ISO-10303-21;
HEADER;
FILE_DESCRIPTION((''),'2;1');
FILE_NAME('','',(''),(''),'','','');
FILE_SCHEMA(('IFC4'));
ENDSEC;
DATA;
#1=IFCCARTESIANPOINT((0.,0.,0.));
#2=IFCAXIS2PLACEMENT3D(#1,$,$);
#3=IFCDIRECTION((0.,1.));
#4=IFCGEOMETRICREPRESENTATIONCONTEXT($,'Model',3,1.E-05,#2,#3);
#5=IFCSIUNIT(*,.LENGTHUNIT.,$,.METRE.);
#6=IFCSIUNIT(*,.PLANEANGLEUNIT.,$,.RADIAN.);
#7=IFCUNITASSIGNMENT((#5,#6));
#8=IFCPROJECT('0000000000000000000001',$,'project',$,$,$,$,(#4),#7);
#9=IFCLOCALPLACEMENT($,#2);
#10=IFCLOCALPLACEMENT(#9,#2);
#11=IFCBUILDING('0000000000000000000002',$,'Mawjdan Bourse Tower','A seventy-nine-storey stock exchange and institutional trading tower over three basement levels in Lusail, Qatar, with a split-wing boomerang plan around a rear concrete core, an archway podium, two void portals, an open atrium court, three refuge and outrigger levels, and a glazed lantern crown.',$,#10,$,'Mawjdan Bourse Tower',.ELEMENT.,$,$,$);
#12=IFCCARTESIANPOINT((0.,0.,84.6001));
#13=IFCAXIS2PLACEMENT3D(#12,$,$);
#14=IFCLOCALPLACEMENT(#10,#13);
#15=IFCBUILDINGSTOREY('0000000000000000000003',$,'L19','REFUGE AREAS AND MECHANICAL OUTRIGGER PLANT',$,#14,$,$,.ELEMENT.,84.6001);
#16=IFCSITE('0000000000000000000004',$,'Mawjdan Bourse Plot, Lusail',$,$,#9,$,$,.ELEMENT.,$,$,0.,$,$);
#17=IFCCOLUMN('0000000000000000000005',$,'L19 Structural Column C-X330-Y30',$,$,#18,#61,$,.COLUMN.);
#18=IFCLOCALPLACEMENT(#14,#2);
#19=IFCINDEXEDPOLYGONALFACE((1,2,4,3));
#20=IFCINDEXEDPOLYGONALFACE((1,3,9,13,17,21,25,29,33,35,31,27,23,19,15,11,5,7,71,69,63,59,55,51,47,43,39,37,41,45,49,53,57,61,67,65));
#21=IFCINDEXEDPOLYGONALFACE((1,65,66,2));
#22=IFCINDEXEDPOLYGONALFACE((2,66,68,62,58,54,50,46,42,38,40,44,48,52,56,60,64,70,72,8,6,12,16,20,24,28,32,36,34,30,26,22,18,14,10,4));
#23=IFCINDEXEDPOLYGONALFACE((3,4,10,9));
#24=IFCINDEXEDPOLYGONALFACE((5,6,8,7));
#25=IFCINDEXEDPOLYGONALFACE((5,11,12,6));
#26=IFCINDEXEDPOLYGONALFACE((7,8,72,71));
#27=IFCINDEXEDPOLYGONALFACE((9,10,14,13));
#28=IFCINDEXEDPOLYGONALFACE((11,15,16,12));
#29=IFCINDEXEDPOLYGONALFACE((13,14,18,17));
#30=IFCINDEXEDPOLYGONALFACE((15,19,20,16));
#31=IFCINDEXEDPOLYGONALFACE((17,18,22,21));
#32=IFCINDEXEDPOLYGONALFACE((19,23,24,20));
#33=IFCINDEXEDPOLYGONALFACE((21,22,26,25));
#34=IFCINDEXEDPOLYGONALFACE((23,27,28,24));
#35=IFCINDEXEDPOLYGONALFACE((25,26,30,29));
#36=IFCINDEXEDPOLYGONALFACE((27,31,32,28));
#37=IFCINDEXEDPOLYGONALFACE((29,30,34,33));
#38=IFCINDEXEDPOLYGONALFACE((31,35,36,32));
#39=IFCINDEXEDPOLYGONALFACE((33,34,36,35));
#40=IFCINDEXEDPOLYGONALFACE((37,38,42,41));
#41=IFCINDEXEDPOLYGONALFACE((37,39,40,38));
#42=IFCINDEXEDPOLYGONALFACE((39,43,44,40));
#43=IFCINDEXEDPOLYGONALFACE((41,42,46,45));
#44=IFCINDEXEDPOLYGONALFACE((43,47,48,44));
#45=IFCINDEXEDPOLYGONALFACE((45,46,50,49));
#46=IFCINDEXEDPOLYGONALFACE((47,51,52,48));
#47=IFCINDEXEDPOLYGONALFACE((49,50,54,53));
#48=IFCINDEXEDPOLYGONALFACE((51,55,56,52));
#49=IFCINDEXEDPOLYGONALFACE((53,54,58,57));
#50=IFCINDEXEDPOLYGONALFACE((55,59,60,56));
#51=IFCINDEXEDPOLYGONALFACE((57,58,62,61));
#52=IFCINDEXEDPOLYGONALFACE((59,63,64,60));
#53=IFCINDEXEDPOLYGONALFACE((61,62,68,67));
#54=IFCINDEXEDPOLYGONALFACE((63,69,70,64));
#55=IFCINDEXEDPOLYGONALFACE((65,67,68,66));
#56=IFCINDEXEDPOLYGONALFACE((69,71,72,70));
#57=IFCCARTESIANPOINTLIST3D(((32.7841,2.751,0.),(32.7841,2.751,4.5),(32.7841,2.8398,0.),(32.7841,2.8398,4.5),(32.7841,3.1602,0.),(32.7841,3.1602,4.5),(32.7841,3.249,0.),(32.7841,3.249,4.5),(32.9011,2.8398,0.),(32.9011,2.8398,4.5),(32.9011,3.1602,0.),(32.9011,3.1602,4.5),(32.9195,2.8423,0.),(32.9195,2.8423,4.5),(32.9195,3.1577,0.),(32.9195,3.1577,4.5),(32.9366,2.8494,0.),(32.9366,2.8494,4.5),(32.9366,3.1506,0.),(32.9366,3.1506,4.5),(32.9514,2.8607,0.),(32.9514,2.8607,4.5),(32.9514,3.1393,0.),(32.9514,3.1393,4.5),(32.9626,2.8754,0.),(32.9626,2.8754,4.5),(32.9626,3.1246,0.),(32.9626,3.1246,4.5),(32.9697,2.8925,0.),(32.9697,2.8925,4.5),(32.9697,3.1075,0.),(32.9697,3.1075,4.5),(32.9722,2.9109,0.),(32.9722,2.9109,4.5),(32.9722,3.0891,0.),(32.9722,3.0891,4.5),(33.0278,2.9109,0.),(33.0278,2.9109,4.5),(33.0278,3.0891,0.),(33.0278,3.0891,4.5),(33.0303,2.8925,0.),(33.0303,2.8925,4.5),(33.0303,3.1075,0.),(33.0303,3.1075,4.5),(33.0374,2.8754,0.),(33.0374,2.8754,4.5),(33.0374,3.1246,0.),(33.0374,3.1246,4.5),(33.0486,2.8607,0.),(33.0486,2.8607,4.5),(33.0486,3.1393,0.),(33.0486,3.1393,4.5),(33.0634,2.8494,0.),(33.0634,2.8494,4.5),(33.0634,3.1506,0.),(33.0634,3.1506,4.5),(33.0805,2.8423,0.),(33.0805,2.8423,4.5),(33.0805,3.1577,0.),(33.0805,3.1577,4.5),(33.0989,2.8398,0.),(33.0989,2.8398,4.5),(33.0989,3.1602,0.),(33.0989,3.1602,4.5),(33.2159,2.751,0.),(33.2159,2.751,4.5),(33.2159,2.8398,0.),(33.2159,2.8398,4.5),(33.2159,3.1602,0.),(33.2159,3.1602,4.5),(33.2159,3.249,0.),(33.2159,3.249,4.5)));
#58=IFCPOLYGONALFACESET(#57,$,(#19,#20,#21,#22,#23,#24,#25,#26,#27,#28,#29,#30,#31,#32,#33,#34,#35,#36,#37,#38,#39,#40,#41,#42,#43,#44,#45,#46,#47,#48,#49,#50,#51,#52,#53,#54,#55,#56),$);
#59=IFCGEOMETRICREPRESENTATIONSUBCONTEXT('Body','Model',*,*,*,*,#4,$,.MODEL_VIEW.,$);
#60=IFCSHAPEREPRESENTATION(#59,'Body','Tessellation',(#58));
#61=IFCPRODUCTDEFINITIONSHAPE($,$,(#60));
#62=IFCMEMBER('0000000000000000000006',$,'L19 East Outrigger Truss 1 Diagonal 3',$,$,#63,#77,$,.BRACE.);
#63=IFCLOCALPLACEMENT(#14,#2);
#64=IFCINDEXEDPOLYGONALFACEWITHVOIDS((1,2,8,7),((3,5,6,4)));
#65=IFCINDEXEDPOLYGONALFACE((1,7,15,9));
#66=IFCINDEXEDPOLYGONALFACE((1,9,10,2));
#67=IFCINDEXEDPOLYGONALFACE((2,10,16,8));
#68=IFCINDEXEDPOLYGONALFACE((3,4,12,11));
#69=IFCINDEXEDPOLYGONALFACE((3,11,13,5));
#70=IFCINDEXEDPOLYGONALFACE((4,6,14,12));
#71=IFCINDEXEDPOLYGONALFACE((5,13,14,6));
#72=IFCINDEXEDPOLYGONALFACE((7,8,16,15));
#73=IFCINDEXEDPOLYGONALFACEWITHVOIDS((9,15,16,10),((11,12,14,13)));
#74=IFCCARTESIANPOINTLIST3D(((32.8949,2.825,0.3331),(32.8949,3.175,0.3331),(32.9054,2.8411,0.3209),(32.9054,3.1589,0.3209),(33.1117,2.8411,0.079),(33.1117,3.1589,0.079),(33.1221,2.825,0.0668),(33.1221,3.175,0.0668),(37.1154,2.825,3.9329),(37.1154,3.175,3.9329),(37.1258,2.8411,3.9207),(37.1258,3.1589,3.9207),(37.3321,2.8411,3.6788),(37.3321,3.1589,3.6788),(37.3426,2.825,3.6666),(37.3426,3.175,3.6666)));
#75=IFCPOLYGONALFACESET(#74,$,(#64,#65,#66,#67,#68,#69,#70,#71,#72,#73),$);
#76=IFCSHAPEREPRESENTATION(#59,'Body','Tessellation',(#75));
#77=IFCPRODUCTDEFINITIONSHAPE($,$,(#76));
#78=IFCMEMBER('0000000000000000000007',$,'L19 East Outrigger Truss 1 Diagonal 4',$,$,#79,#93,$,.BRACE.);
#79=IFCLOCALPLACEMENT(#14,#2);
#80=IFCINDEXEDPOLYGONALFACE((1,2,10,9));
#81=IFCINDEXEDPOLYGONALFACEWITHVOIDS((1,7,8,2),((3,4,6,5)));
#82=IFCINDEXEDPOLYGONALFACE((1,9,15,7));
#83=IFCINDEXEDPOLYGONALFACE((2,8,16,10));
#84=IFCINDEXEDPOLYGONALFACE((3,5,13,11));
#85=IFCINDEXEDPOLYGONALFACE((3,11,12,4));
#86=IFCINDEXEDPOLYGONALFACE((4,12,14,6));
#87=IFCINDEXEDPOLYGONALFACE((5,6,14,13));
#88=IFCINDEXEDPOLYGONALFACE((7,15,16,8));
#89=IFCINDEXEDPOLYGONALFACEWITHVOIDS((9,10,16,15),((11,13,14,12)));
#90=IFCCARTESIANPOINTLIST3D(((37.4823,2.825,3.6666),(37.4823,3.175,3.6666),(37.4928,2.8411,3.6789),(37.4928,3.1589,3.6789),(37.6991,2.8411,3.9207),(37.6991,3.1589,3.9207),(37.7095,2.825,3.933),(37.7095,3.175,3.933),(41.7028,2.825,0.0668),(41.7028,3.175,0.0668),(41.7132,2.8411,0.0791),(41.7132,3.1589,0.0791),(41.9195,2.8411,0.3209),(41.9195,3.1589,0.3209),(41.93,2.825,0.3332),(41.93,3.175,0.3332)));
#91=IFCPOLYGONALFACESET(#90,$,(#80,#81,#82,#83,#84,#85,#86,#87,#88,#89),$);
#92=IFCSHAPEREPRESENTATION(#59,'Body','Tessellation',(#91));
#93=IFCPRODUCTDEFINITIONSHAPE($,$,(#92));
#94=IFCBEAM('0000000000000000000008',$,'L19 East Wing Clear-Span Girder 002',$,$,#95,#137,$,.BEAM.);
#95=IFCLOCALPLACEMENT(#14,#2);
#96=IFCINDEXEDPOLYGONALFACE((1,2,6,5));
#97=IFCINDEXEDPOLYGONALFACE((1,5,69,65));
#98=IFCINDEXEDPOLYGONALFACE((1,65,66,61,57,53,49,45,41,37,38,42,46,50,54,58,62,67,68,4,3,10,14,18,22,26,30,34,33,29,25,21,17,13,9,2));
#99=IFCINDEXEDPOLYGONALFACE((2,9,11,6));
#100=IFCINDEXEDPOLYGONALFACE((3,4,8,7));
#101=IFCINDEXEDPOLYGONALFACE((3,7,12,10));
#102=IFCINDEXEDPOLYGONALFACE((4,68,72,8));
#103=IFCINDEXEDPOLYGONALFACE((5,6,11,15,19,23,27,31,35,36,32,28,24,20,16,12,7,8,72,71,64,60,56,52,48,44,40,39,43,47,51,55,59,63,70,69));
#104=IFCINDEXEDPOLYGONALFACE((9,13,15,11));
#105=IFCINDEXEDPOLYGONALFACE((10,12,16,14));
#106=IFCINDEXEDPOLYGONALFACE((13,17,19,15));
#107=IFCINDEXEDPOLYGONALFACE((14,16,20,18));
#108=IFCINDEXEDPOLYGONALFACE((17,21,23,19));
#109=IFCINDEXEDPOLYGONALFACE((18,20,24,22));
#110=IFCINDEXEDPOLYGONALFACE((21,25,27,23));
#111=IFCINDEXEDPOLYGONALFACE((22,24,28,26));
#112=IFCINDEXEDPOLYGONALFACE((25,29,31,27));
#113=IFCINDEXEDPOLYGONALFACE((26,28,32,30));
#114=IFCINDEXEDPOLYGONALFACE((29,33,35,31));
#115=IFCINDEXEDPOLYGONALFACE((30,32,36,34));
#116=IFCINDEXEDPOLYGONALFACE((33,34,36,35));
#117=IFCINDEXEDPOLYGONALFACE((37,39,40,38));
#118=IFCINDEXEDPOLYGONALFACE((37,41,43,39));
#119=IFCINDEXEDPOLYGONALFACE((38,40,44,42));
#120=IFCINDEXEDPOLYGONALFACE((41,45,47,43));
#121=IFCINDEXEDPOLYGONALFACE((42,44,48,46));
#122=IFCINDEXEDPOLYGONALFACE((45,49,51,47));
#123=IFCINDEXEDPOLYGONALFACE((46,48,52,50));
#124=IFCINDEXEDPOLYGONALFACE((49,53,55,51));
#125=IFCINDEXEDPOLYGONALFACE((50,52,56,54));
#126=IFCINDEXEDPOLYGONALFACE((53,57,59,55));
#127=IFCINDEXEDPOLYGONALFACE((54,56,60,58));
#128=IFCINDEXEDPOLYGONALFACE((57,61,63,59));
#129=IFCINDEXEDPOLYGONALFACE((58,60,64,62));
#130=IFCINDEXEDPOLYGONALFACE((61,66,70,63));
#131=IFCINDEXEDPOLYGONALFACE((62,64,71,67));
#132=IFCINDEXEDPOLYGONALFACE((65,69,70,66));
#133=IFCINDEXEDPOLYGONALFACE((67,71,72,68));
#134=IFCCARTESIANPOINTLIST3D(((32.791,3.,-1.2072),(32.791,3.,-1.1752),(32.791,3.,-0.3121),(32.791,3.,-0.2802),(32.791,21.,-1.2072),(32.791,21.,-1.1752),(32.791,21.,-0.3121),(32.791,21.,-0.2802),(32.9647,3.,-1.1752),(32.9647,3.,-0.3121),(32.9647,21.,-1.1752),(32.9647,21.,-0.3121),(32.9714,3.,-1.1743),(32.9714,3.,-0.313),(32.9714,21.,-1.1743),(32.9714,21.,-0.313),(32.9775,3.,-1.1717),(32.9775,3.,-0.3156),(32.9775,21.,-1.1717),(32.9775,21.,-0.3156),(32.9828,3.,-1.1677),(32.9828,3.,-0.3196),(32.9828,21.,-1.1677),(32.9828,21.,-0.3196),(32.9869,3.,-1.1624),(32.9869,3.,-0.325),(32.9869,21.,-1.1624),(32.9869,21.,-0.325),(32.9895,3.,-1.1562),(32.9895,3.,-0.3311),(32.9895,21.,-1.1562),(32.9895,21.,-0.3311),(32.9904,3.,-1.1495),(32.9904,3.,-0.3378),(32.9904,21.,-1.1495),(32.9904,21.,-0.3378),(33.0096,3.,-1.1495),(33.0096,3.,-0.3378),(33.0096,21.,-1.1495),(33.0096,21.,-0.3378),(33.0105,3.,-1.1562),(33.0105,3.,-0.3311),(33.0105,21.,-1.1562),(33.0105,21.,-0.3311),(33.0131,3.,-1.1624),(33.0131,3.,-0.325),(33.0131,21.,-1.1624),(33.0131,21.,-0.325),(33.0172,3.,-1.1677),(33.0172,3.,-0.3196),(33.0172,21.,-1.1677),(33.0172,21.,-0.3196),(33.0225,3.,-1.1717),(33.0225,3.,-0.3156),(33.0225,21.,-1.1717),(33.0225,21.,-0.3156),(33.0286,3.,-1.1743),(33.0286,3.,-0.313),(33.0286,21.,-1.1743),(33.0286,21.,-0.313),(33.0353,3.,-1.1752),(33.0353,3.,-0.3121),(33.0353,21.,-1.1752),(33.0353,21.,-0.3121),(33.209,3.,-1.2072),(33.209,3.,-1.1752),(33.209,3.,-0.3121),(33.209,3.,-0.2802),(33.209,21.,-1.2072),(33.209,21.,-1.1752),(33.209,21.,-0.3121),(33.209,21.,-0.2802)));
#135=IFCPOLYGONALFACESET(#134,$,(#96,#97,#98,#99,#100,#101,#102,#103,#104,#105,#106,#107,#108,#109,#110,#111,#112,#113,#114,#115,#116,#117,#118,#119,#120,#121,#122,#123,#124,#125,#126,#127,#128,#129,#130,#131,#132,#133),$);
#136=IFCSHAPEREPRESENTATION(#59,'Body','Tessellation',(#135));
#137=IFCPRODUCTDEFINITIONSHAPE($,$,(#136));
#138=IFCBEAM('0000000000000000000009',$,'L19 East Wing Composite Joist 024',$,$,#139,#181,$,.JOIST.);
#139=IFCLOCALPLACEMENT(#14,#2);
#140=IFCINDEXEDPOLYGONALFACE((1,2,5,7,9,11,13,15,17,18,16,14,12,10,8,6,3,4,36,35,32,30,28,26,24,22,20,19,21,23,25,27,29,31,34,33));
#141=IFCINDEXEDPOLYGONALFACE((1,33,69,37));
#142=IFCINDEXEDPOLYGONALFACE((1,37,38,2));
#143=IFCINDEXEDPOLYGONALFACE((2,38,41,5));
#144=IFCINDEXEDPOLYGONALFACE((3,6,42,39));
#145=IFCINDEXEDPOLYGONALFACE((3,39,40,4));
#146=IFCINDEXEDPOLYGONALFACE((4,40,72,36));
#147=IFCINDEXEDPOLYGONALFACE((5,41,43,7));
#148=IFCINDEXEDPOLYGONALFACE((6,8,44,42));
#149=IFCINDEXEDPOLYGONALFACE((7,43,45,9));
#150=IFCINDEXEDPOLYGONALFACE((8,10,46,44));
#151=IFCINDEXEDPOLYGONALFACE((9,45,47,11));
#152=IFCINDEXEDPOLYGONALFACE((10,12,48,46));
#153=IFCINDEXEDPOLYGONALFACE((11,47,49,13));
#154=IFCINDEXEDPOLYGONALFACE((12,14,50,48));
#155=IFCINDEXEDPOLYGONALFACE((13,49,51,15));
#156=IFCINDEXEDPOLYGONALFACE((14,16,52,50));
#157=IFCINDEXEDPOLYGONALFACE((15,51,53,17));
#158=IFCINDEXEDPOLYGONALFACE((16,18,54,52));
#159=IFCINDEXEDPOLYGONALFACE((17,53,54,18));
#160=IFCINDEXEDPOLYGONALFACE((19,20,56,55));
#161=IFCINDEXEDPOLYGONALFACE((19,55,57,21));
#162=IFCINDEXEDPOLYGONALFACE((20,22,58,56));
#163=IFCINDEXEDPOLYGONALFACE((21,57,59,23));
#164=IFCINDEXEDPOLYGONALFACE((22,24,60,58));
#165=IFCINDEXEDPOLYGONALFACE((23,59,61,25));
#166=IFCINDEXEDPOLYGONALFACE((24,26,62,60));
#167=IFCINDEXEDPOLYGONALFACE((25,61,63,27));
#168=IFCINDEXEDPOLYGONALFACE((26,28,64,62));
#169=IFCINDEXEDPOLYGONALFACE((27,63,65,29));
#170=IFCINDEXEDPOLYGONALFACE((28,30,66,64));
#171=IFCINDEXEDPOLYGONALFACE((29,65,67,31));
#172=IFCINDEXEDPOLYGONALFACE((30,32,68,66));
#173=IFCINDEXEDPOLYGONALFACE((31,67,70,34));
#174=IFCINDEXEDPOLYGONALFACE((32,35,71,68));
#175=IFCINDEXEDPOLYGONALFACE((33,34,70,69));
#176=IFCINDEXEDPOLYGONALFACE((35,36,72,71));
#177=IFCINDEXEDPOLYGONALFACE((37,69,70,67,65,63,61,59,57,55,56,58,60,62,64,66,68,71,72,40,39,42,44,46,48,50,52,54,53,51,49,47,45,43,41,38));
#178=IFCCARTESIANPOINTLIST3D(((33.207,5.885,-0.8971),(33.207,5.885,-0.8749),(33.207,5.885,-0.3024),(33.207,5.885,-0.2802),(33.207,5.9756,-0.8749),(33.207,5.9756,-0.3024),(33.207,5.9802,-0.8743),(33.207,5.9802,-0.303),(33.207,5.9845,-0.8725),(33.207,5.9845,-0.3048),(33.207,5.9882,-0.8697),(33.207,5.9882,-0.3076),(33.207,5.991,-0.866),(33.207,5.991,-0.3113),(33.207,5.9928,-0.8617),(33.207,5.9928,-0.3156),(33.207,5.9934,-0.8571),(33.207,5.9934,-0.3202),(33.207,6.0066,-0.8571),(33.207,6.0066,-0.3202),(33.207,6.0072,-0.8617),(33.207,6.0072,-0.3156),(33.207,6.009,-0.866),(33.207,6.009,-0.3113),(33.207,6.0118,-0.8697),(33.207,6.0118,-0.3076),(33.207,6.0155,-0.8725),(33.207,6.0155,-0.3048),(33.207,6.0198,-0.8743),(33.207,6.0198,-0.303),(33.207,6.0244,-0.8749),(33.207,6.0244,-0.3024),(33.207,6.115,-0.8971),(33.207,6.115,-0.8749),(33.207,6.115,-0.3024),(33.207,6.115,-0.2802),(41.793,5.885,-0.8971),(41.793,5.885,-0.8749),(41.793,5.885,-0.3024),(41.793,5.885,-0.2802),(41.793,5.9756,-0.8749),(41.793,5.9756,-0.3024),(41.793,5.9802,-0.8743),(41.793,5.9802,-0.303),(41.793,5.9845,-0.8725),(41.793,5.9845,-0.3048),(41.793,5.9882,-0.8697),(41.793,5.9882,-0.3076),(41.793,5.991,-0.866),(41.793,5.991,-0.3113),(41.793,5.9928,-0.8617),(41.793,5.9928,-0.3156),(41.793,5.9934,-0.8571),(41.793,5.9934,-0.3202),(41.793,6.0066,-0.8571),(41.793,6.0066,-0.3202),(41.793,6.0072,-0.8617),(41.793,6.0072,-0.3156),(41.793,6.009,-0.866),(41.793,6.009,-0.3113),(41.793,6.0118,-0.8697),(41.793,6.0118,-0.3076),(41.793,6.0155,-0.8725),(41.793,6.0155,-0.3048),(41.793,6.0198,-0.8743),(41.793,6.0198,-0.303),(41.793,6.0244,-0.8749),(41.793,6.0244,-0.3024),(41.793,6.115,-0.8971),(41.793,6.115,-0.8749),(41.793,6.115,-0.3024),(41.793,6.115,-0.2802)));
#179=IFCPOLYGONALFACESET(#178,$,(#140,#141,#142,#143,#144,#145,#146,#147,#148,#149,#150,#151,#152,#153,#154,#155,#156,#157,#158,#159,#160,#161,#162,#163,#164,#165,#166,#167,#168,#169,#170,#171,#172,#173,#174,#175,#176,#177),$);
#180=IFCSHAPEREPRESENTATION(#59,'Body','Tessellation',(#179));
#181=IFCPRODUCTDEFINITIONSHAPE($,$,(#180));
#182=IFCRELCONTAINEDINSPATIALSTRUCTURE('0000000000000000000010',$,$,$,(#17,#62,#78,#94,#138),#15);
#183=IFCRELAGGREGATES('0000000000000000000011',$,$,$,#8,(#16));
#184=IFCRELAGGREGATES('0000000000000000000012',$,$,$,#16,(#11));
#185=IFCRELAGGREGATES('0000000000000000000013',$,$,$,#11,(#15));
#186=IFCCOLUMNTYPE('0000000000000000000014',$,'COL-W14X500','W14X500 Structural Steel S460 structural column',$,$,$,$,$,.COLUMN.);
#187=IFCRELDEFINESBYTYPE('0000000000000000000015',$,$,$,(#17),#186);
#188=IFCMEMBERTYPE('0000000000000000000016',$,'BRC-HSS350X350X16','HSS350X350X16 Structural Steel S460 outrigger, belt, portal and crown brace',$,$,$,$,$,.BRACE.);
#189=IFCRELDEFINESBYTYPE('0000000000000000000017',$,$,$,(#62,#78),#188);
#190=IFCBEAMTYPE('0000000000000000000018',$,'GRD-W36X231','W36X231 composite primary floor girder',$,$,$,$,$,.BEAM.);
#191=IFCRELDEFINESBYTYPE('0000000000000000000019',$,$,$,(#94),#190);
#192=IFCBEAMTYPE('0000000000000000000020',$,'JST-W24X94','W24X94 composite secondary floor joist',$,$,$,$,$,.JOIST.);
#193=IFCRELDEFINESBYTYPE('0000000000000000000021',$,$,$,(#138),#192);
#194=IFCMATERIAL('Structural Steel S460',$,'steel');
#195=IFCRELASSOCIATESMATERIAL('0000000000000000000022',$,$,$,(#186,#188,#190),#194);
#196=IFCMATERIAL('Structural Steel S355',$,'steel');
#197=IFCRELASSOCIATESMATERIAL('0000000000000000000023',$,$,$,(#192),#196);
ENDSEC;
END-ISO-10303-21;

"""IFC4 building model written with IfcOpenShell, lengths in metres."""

from ifc_helpers import new_model, si_unit, direction, frame, origin, origin_2d, place, context, subcontext, project, spatial, hollow_rectangle, i_section, extrude, material, material_profile, profile_set, type_object, element, save


model = new_model("IFC4")

# Units and contexts
model_context = context("Model", 3, precision=1e-05, world=origin(), true_north=direction((0.0, 1.0)))
body_context = subcontext(model_context, "Body", "Model", "MODEL_VIEW")
ifc_project = project(units=[si_unit("LENGTHUNIT", "METRE"), si_unit("PLANEANGLEUNIT", "RADIAN")], contexts=[model_context])

# Site, building, storey
site_placement = place(None, origin())
site = spatial("IfcSite", under=ifc_project, at=site_placement, Name="Mawjdan Bourse Plot, Lusail", CompositionType="ELEMENT", RefElevation=0.0)
building_placement = place(site_placement, origin())
building = spatial("IfcBuilding", under=site, at=building_placement, Name="Mawjdan Bourse Tower", Description="A seventy-nine-storey stock exchange and institutional trading tower over three basement levels in Lusail, Qatar, with a split-wing boomerang plan around a rear concrete core, an archway podium, two void portals, an open atrium court, three refuge and outrigger levels, and a glazed lantern crown.", LongName="Mawjdan Bourse Tower", CompositionType="ELEMENT")
storey_placement = place(building_placement, frame((0.0, 0.0, 84.6001)))
storey = spatial("IfcBuildingStorey", under=building, at=storey_placement, Name="L19", Description="REFUGE AREAS AND MECHANICAL OUTRIGGER PLANT", CompositionType="ELEMENT", Elevation=84.6001)

# Column
ifc_material_1 = material(Name="Structural Steel S460", Category="steel")
ifc_material_profile_1 = material_profile(ifc_material_1, i_section(OverallWidth=0.4319, OverallDepth=0.498, WebThickness=0.0557, FlangeThickness=0.0889, FilletRadius=0.071, at=origin_2d()), Name="W14X500")
ifc_profile_set_1 = profile_set([ifc_material_profile_1], Name="Structural Steel S460")
column_type = type_object("IfcColumnType", Name="COL-W14X500", Description="W14X500 Structural Steel S460 structural column", PredefinedType="COLUMN", material=ifc_profile_set_1)
column_placement = place(storey_placement, frame((33.0, 3.0, 0.0), z_axis=(0.0, 0.0, 1.0), x_axis=(1.0, 0.0, 0.0)))
element("IfcColumn", 1, at=column_placement, inside=storey, type_object=column_type, Name="L19 Structural Column C-X330-Y30", PredefinedType="COLUMN", context=body_context, shape_type="SweptSolid", body=[
    extrude(i_section(OverallWidth=0.4319, OverallDepth=0.498, WebThickness=0.0557, FlangeThickness=0.0889, FilletRadius=0.071, at=origin_2d()), origin(), (0.0, 0.0, 1.0), 4.5),
])

# Members
ifc_material_profile_2 = material_profile(ifc_material_1, hollow_rectangle(XDim=0.3501, YDim=0.3501, WallThickness=0.0161, at=origin_2d()), Name="HSS350X350X16")
ifc_profile_set_2 = profile_set([ifc_material_profile_2], Name="Structural Steel S460")
member_type_1 = type_object("IfcMemberType", Name="BRC-HSS350X350X16", Description="HSS350X350X16 Structural Steel S460 outrigger, belt, portal and crown brace", PredefinedType="BRACE", material=ifc_profile_set_2)
for number, where, z_axis, x_axis, name in (
    (2, (33.0085, 3.0, 0.2), (0.760829, 0.0, 0.648952), (0.0, 1.0, 0.0), "L19 East Outrigger Truss 1 Diagonal 3"),
    (3, (37.5959, 3.0, 3.7998), (0.760829, 0.0, -0.648952), (0.0, 1.0, 0.0), "L19 East Outrigger Truss 1 Diagonal 4"),
):
    element("IfcMember", number, at=place(storey_placement, frame(where, z_axis=z_axis, x_axis=x_axis)), inside=storey, type_object=member_type_1, Name=name, PredefinedType="BRACE", context=body_context, shape_type="SweptSolid", body=[
        extrude(hollow_rectangle(XDim=0.3501, YDim=0.3501, WallThickness=0.0161, at=origin_2d()), origin(), (0.0, 0.0, 1.0), 5.5471),
    ])

# Beams
ifc_material_profile_3 = material_profile(ifc_material_1, i_section(OverallWidth=0.418, OverallDepth=0.927, WebThickness=0.0193, FlangeThickness=0.032, FilletRadius=0.0256, at=origin_2d()), Name="W36X231")
ifc_profile_set_3 = profile_set([ifc_material_profile_3], Name="Structural Steel S460")
beam_type_1 = type_object("IfcBeamType", Name="GRD-W36X231", Description="W36X231 composite primary floor girder", PredefinedType="BEAM", material=ifc_profile_set_3)
beam_1_placement = place(storey_placement, frame((33.0, 3.0, -0.7437), z_axis=(0.0, 1.0, 0.0), x_axis=(-1.0, 0.0, 0.0)))
element("IfcBeam", 4, at=beam_1_placement, inside=storey, type_object=beam_type_1, Name="L19 East Wing Clear-Span Girder 002", PredefinedType="BEAM", context=body_context, shape_type="SweptSolid", body=[
    extrude(i_section(OverallWidth=0.418, OverallDepth=0.927, WebThickness=0.0193, FlangeThickness=0.032, FilletRadius=0.0256, at=origin_2d()), origin(), (0.0, 0.0, 1.0), 18.0),
])
ifc_material_2 = material(Name="Structural Steel S355", Category="steel")
ifc_material_profile_4 = material_profile(ifc_material_2, i_section(OverallWidth=0.23, OverallDepth=0.6169, WebThickness=0.0132, FlangeThickness=0.0222, FilletRadius=0.0178, at=origin_2d()), Name="W24X94")
ifc_profile_set_4 = profile_set([ifc_material_profile_4], Name="Structural Steel S355")
beam_type_2 = type_object("IfcBeamType", Name="JST-W24X94", Description="W24X94 composite secondary floor joist", PredefinedType="JOIST", material=ifc_profile_set_4)
for number, where, z_axis, x_axis, name in (
    (5, (33.207, 6.0, -0.5886), (1.0, 0.0, 0.0), (0.0, 1.0, 0.0), "L19 East Wing Composite Joist 024"),
):
    element("IfcBeam", number, at=place(storey_placement, frame(where, z_axis=z_axis, x_axis=x_axis)), inside=storey, type_object=beam_type_2, Name=name, PredefinedType="JOIST", context=body_context, shape_type="SweptSolid", body=[
        extrude(i_section(OverallWidth=0.23, OverallDepth=0.6169, WebThickness=0.0132, FlangeThickness=0.0222, FilletRadius=0.0178, at=origin_2d()), origin(), (0.0, 0.0, 1.0), 8.5859),
    ])

save(model, "model.ifc")
